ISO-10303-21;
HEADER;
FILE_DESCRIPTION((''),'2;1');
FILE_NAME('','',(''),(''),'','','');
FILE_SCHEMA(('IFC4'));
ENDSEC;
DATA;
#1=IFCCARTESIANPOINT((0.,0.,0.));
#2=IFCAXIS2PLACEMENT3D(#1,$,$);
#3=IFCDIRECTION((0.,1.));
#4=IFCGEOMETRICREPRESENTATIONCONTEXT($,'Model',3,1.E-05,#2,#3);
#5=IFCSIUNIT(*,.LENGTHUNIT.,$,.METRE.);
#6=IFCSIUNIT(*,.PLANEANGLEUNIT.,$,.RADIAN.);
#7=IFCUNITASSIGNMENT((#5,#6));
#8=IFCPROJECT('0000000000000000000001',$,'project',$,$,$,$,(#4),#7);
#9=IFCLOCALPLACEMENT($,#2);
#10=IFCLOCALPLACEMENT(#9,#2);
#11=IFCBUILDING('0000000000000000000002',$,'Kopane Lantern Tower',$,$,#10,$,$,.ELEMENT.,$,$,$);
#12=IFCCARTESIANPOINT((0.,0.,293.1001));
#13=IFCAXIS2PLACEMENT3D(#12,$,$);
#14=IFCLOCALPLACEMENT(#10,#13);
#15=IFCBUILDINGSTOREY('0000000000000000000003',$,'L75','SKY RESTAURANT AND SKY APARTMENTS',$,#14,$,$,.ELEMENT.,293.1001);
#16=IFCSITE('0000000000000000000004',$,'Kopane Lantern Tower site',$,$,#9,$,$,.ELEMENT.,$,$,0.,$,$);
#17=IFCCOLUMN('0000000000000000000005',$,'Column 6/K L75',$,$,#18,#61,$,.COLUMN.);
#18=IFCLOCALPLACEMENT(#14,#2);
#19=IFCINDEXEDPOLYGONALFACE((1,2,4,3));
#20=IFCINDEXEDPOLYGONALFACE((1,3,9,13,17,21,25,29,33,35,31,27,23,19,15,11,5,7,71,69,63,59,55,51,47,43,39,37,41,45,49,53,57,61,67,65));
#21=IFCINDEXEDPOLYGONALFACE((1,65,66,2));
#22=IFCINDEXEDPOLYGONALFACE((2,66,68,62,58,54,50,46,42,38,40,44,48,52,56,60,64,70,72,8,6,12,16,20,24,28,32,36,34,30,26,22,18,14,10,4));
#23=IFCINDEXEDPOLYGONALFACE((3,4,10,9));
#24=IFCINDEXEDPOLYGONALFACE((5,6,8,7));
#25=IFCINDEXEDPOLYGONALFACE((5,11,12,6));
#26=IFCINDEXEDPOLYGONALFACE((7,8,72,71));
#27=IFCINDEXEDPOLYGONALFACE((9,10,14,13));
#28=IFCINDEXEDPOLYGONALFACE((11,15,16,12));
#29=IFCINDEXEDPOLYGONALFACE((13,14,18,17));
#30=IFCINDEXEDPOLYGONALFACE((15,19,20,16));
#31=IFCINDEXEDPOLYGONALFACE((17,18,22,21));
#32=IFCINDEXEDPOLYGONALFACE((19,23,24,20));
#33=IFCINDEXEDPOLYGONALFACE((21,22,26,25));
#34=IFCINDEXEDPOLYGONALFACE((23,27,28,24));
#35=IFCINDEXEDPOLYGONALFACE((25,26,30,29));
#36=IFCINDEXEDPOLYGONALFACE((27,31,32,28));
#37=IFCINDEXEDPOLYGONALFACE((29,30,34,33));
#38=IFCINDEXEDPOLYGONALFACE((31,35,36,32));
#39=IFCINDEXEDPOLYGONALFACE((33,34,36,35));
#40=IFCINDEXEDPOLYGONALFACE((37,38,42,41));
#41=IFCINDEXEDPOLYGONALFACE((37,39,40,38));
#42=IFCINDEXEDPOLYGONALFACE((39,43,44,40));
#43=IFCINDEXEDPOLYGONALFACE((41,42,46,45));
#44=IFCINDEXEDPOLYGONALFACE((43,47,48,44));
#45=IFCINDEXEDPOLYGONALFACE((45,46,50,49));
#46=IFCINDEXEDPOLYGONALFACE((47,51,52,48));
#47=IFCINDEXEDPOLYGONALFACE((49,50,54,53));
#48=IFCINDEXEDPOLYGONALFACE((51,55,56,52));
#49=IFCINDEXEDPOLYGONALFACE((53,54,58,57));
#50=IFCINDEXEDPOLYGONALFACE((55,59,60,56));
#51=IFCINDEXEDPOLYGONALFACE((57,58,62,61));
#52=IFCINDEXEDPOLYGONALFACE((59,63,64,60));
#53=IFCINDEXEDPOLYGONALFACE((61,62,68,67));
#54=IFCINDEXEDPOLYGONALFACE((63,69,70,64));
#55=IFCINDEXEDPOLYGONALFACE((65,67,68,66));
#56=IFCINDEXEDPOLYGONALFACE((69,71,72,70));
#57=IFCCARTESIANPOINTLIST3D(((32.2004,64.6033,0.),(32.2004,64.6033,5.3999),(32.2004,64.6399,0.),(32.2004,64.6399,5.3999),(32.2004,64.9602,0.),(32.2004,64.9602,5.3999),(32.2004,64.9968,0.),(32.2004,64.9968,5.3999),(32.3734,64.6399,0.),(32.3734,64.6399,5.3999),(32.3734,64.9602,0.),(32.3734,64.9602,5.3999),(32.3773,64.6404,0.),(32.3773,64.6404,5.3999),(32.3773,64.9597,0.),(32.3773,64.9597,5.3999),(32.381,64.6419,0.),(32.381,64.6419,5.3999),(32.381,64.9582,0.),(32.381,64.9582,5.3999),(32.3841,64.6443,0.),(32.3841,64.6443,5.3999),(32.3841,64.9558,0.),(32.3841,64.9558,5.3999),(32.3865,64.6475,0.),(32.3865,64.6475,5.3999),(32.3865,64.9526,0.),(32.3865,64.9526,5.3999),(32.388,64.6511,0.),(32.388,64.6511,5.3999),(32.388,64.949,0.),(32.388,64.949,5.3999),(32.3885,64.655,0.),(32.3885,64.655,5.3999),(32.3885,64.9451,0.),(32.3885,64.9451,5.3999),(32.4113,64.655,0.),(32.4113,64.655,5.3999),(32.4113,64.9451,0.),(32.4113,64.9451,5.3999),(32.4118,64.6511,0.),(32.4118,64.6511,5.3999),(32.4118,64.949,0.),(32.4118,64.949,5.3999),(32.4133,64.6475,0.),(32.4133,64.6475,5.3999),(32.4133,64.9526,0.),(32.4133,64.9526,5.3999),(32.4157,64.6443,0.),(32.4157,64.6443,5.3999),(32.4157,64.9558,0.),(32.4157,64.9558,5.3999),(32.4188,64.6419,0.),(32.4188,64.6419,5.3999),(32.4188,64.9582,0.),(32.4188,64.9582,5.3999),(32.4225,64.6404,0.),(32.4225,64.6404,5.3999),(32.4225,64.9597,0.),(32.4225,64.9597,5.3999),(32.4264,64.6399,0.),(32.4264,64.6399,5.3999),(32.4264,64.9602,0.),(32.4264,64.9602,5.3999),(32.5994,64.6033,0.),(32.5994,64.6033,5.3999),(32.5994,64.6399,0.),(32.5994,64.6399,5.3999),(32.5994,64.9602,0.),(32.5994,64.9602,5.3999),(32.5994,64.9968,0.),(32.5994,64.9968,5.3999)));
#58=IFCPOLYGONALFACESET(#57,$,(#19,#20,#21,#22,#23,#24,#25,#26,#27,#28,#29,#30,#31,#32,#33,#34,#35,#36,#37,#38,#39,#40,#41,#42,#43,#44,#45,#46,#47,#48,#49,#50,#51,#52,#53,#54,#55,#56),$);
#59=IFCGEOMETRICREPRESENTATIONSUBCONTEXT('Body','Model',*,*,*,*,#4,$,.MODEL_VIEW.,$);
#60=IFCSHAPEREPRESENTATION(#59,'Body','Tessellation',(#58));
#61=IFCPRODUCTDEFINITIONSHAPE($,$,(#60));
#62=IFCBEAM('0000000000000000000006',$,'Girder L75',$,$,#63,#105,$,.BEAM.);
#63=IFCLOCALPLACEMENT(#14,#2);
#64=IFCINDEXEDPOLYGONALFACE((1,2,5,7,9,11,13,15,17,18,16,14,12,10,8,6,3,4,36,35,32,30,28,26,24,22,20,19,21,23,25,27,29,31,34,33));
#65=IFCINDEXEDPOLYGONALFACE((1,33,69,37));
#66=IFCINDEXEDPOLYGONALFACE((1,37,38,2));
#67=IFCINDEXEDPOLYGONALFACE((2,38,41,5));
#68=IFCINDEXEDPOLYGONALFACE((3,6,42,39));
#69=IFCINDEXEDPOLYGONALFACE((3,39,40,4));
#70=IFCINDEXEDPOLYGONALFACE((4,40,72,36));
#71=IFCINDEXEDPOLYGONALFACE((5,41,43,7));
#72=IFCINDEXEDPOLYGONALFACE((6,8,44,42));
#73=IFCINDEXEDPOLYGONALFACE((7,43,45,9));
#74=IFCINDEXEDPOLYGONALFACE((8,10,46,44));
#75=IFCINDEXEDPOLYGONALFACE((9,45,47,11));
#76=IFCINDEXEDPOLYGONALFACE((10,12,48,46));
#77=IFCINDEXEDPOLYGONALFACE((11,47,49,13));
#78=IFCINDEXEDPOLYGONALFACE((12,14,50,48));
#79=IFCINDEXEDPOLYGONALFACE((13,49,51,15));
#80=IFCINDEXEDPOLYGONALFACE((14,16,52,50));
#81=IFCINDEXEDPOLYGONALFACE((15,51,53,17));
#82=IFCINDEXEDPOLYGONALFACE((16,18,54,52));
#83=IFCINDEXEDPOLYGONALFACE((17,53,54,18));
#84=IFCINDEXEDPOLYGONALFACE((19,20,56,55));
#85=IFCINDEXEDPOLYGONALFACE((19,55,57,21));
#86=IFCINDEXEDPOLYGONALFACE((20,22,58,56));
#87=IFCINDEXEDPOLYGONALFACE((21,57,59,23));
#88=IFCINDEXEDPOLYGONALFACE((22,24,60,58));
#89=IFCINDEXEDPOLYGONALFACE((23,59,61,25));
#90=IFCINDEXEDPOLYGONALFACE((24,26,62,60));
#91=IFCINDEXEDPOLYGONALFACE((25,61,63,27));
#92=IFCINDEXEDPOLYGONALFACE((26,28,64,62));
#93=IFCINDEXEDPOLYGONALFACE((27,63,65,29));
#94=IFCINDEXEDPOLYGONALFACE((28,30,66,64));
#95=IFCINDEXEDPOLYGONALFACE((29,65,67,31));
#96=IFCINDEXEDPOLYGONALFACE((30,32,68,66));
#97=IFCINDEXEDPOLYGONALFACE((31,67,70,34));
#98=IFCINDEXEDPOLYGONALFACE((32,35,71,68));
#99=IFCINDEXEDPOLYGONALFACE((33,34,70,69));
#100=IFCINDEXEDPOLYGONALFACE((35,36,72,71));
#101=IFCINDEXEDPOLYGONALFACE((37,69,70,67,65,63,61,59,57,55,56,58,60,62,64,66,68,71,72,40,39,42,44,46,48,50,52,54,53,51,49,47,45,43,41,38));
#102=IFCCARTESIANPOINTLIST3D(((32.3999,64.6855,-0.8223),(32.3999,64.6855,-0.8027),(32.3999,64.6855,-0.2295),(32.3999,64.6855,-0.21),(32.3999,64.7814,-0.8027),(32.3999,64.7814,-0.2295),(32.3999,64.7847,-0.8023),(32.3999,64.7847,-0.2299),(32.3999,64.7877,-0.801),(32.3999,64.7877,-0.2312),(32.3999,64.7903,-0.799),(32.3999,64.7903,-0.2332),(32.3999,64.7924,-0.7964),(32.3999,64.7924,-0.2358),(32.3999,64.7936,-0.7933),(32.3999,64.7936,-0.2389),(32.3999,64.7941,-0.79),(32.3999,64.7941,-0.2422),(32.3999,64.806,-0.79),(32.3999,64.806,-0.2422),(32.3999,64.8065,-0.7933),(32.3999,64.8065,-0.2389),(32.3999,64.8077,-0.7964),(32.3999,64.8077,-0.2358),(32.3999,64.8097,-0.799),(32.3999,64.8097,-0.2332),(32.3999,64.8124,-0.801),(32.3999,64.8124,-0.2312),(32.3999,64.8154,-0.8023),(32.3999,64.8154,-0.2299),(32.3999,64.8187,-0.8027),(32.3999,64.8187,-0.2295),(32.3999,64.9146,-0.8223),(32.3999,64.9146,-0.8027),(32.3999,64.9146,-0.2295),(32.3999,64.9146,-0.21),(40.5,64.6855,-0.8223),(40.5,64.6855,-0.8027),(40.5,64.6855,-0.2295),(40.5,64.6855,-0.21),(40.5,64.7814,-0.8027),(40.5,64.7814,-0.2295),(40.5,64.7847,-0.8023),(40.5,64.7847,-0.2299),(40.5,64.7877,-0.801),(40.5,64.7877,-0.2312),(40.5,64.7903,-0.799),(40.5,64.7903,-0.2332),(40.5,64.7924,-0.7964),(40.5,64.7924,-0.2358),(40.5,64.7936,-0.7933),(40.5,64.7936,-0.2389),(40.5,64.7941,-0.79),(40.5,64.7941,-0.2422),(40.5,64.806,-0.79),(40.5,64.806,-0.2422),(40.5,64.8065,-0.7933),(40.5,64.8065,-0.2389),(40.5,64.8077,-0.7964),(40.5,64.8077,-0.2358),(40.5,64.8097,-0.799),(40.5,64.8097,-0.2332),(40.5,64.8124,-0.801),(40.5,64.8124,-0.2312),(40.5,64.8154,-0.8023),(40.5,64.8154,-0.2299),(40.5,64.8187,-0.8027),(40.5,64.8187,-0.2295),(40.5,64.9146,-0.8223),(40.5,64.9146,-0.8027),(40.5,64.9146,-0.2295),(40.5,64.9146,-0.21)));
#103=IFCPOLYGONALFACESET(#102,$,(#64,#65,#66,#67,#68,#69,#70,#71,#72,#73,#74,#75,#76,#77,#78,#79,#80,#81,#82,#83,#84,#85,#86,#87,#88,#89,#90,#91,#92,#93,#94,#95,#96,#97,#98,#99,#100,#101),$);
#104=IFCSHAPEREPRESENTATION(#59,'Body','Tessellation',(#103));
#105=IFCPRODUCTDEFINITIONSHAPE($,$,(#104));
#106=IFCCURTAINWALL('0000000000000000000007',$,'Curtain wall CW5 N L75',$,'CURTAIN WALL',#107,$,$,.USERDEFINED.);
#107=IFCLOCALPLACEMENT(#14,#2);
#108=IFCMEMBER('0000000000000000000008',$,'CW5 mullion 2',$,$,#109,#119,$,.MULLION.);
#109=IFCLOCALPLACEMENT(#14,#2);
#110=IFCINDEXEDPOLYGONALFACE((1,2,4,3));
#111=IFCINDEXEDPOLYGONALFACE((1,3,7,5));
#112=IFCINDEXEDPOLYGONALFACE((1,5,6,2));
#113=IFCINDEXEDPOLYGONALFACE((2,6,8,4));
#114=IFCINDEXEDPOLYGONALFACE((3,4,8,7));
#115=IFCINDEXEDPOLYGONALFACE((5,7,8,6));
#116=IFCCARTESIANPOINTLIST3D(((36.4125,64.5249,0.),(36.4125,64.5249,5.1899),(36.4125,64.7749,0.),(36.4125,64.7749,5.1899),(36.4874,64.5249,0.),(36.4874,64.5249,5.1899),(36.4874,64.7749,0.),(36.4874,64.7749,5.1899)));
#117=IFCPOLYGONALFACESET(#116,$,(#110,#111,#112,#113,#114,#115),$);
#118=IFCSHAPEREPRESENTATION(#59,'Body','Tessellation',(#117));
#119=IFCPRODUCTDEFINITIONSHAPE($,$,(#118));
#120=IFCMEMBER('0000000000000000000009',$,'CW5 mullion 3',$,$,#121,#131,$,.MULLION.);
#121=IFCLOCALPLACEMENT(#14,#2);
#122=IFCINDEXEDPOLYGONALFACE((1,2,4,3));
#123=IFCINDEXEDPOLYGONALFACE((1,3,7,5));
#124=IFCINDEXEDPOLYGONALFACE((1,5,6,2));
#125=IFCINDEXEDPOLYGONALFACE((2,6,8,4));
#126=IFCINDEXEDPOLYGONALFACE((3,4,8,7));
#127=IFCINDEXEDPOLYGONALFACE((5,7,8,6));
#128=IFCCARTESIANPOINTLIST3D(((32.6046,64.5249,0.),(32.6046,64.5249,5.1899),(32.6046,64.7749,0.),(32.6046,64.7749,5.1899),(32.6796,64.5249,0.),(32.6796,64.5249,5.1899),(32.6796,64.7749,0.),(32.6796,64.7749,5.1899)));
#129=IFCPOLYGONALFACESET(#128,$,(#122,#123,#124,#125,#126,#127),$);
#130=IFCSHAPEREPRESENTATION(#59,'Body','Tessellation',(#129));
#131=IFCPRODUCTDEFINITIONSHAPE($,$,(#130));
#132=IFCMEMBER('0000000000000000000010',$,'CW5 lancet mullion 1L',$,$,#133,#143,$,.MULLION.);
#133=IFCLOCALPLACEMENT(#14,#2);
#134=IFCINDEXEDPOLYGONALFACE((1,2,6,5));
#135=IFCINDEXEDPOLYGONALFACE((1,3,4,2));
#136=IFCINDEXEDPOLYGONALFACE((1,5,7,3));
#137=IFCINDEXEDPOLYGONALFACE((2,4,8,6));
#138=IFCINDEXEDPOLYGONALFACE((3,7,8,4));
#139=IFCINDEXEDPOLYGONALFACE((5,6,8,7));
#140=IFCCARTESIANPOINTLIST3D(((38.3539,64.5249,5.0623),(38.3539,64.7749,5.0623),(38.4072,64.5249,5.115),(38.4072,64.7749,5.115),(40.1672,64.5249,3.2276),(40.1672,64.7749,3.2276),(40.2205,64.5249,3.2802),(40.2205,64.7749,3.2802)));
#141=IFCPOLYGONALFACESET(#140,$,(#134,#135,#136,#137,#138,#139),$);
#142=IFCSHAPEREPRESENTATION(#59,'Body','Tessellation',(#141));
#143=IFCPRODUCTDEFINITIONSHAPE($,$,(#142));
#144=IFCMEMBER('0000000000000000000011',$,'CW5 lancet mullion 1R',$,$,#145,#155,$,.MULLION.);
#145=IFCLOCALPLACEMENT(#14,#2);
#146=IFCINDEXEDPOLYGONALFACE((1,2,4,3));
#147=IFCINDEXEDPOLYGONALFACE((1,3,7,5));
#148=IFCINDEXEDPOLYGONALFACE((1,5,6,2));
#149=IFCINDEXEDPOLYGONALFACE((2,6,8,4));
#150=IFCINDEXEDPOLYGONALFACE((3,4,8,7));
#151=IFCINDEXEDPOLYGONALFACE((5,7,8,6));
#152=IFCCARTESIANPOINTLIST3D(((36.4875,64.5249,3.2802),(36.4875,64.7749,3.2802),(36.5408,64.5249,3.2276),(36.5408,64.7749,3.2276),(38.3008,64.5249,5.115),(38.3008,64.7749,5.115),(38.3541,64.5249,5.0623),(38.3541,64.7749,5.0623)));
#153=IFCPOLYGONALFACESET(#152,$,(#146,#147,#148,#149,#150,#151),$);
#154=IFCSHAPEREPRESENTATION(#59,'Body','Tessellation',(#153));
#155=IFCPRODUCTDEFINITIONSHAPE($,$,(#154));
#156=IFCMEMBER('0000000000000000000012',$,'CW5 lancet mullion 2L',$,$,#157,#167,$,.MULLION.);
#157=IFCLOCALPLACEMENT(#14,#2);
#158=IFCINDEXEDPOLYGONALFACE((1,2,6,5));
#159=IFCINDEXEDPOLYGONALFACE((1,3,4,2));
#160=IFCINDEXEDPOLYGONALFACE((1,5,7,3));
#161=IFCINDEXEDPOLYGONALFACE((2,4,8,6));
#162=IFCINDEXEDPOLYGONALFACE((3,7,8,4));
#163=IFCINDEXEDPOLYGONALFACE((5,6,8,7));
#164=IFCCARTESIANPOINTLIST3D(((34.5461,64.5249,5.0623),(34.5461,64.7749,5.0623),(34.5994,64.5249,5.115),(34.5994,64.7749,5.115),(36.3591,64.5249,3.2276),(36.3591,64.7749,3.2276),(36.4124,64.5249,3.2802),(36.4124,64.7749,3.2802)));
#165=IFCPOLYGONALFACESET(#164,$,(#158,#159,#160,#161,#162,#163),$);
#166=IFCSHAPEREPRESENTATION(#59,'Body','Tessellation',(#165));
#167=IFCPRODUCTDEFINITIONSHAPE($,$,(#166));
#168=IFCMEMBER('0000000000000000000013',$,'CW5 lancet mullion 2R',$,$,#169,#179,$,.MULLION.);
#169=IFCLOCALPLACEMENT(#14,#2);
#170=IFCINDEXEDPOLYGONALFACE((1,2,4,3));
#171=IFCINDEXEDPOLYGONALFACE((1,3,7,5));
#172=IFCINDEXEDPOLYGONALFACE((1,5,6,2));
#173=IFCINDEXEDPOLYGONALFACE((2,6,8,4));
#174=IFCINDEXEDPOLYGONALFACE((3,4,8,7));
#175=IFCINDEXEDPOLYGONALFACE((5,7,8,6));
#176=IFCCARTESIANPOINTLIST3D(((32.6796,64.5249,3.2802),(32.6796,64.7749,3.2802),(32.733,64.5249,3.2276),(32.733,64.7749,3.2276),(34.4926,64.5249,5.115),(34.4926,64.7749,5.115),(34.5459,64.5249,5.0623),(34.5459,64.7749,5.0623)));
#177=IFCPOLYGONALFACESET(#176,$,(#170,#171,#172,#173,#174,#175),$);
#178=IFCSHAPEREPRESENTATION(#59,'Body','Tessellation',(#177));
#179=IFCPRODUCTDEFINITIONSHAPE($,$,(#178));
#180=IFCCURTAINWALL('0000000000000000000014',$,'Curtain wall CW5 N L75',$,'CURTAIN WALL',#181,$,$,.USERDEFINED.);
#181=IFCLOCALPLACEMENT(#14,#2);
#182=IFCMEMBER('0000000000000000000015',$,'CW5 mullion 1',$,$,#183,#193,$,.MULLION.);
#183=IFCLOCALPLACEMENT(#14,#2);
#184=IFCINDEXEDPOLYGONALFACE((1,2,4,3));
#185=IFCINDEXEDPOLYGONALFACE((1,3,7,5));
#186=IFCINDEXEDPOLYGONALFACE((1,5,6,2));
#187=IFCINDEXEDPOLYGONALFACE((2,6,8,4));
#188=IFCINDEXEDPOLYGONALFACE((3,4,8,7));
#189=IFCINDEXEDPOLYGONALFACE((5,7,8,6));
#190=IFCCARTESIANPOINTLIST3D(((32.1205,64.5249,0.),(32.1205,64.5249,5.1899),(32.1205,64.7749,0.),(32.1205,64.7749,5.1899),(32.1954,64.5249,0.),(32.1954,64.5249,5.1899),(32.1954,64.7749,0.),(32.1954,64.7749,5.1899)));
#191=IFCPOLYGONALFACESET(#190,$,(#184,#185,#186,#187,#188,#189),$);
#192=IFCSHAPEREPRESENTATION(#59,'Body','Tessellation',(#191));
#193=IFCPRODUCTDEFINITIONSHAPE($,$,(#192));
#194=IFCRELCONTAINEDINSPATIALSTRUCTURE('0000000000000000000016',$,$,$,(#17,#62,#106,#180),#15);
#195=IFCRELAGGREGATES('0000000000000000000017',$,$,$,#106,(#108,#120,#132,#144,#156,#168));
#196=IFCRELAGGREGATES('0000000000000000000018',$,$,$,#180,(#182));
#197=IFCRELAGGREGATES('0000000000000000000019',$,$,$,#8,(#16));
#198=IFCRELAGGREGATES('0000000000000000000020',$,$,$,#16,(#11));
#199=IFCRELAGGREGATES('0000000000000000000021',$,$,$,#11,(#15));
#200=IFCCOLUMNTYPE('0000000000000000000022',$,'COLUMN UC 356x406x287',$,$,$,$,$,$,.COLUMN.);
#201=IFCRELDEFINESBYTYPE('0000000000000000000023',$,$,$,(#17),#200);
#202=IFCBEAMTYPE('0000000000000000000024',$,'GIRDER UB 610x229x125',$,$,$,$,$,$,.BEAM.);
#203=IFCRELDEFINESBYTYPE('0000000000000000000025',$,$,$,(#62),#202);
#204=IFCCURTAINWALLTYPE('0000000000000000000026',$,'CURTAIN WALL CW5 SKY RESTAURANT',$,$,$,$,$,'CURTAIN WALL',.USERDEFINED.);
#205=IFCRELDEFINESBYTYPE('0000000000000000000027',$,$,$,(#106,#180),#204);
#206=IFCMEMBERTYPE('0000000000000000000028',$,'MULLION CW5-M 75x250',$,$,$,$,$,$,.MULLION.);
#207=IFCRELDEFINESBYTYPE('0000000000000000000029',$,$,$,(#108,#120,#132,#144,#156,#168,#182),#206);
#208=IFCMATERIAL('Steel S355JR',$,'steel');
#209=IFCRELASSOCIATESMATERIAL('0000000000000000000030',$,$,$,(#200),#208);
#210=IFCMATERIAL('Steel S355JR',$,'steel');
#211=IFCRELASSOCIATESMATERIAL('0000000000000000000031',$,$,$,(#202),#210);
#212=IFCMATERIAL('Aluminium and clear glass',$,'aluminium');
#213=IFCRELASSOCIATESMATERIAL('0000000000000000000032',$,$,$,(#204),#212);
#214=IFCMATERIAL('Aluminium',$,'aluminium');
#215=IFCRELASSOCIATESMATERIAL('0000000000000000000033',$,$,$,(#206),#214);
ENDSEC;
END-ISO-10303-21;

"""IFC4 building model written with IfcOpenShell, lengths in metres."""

from ifc_helpers import new_model, si_unit, direction, frame, origin, origin_2d, place, context, subcontext, project, spatial, rectangle, i_section, extrude, material, material_profile, profile_set, type_object, element, aggregate, save


model = new_model("IFC4")

# Units and contexts
model_context = context("Model", 3, precision=1e-05, world=origin(), true_north=direction((0.0, 1.0)))
body_context = subcontext(model_context, "Body", "Model", "MODEL_VIEW")
ifc_project = project(units=[si_unit("LENGTHUNIT", "METRE"), si_unit("PLANEANGLEUNIT", "RADIAN")], contexts=[model_context])

# Site, building, storey
site_placement = place(None, origin())
site = spatial("IfcSite", under=ifc_project, at=site_placement, Name="Kopane Lantern Tower site", CompositionType="ELEMENT", RefElevation=0.0)
building_placement = place(site_placement, origin())
building = spatial("IfcBuilding", under=site, at=building_placement, Name="Kopane Lantern Tower", CompositionType="ELEMENT")
storey_placement = place(building_placement, frame((0.0, 0.0, 293.1001)))
storey = spatial("IfcBuildingStorey", under=building, at=storey_placement, Name="L75", Description="SKY RESTAURANT AND SKY APARTMENTS", CompositionType="ELEMENT", Elevation=293.1001)

# Column
ifc_material_1 = material(Name="Steel S355JR", Category="steel")
ifc_material_profile_1 = material_profile(ifc_material_1, i_section(OverallWidth=0.3989, OverallDepth=0.3936, WebThickness=0.0227, FlangeThickness=0.0366, FilletRadius=0.0151, at=origin_2d()), Name="UC 356x406x287")
ifc_profile_set_1 = profile_set([ifc_material_profile_1], Name="Steel S355JR")
column_type = type_object("IfcColumnType", Name="COLUMN UC 356x406x287", PredefinedType="COLUMN", material=ifc_profile_set_1)
column_placement = place(storey_placement, frame((32.3999, 64.8, 0.0), z_axis=(0.0, 0.0, 1.0), x_axis=(1.0, 0.0, 0.0)))
element("IfcColumn", 1, at=column_placement, inside=storey, type_object=column_type, Name="Column 6/K L75", PredefinedType="COLUMN", context=body_context, shape_type="SweptSolid", body=[
    extrude(i_section(OverallWidth=0.3989, OverallDepth=0.3936, WebThickness=0.0227, FlangeThickness=0.0366, FilletRadius=0.0151, at=origin_2d()), origin(), (0.0, 0.0, 1.0), 5.3999),
])

# Beam
ifc_material_2 = material(Name="Steel S355JR", Category="steel")
ifc_material_profile_2 = material_profile(ifc_material_2, i_section(OverallWidth=0.229, OverallDepth=0.6123, WebThickness=0.012, FlangeThickness=0.0195, FilletRadius=0.0127, at=origin_2d()), Name="UB 610x229x125")
ifc_profile_set_2 = profile_set([ifc_material_profile_2], Name="Steel S355JR")
beam_type = type_object("IfcBeamType", Name="GIRDER UB 610x229x125", PredefinedType="BEAM", material=ifc_profile_set_2)
beam_placement = place(storey_placement, frame((32.3999, 64.8, -0.5161), z_axis=(1.0, 0.0, 0.0), x_axis=(0.0, 1.0, 0.0)))
element("IfcBeam", 2, at=beam_placement, inside=storey, type_object=beam_type, Name="Girder L75", PredefinedType="BEAM", context=body_context, shape_type="SweptSolid", body=[
    extrude(i_section(OverallWidth=0.229, OverallDepth=0.6123, WebThickness=0.012, FlangeThickness=0.0195, FilletRadius=0.0127, at=origin_2d()), origin(), (0.0, 0.0, 1.0), 8.1001),
])

# Curtain walls, members
ifc_material_3 = material(Name="Aluminium and clear glass", Category="aluminium")
curtain_wall_type = type_object("IfcCurtainWallType", Name="CURTAIN WALL CW5 SKY RESTAURANT", ElementType="CURTAIN WALL", PredefinedType="USERDEFINED", material=ifc_material_3)
curtain_wall_1_placement = place(storey_placement, origin())
curtain_wall_1 = element("IfcCurtainWall", 3, at=curtain_wall_1_placement, inside=storey, type_object=curtain_wall_type, Name="Curtain wall CW5 N L75", ObjectType="CURTAIN WALL", PredefinedType="USERDEFINED")
ifc_material_4 = material(Name="Aluminium", Category="aluminium")
ifc_material_profile_3 = material_profile(ifc_material_4, rectangle(XDim=0.075, YDim=0.25, at=origin_2d()), Name="AL 75x250")
ifc_profile_set_3 = profile_set([ifc_material_profile_3], Name="Aluminium")
member_type_1 = type_object("IfcMemberType", Name="MULLION CW5-M 75x250", PredefinedType="MULLION", material=ifc_profile_set_3)
member_1_placement = place(storey_placement, frame((36.45, 64.6499, 0.0), z_axis=(0.0, 0.0, 1.0), x_axis=(-1.0, 0.0, 0.0)))
member_1 = element("IfcMember", 4, at=member_1_placement, type_object=member_type_1, Name="CW5 mullion 2", PredefinedType="MULLION", context=body_context, shape_type="SweptSolid", body=[
    extrude(rectangle(XDim=0.075, YDim=0.25, at=origin_2d()), origin(), (0.0, 0.0, 1.0), 5.1899),
])
member_2_placement = place(storey_placement, frame((32.6421, 64.6499, 0.0), z_axis=(0.0, 0.0, 1.0), x_axis=(-1.0, 0.0, 0.0)))
member_2 = element("IfcMember", 5, at=member_2_placement, type_object=member_type_1, Name="CW5 mullion 3", PredefinedType="MULLION", context=body_context, shape_type="SweptSolid", body=[
    extrude(rectangle(XDim=0.075, YDim=0.25, at=origin_2d()), origin(), (0.0, 0.0, 1.0), 5.1899),
])
member_3_placement = place(storey_placement, frame((40.1938, 64.6499, 3.2539), z_axis=(-0.70293, 0.0, 0.711259), x_axis=(0.711259, 0.0, 0.70293)))
member_3 = element("IfcMember", 6, at=member_3_placement, type_object=member_type_1, Name="CW5 lancet mullion 1L", PredefinedType="MULLION", context=body_context, shape_type="SweptSolid", body=[
    extrude(rectangle(XDim=0.075, YDim=0.25, at=origin_2d()), origin(), (0.0, 0.0, 1.0), 2.5796),
])
member_4_placement = place(storey_placement, frame((36.5142, 64.6499, 3.2539), z_axis=(0.70293, 0.0, 0.711259), x_axis=(-0.711259, 0.0, 0.70293)))
member_4 = element("IfcMember", 7, at=member_4_placement, type_object=member_type_1, Name="CW5 lancet mullion 1R", PredefinedType="MULLION", context=body_context, shape_type="SweptSolid", body=[
    extrude(rectangle(XDim=0.075, YDim=0.25, at=origin_2d()), origin(), (0.0, 0.0, 1.0), 2.5796),
])
member_5_placement = place(storey_placement, frame((36.3857, 64.6499, 3.2539), z_axis=(-0.702882, 0.0, 0.711306), x_axis=(0.711306, 0.0, 0.702882)))
member_5 = element("IfcMember", 8, at=member_5_placement, type_object=member_type_1, Name="CW5 lancet mullion 2L", PredefinedType="MULLION", context=body_context, shape_type="SweptSolid", body=[
    extrude(rectangle(XDim=0.075, YDim=0.25, at=origin_2d()), origin(), (0.0, 0.0, 1.0), 2.5793),
])
member_6_placement = place(storey_placement, frame((32.7063, 64.6499, 3.2539), z_axis=(0.702882, 0.0, 0.711306), x_axis=(-0.711306, 0.0, 0.702882)))
member_6 = element("IfcMember", 9, at=member_6_placement, type_object=member_type_1, Name="CW5 lancet mullion 2R", PredefinedType="MULLION", context=body_context, shape_type="SweptSolid", body=[
    extrude(rectangle(XDim=0.075, YDim=0.25, at=origin_2d()), origin(), (0.0, 0.0, 1.0), 2.5793),
])
curtain_wall_2_placement = place(storey_placement, origin())
curtain_wall_2 = element("IfcCurtainWall", 10, at=curtain_wall_2_placement, inside=storey, type_object=curtain_wall_type, Name="Curtain wall CW5 N L75", ObjectType="CURTAIN WALL", PredefinedType="USERDEFINED")
member_7_placement = place(storey_placement, frame((32.158, 64.6499, 0.0), z_axis=(0.0, 0.0, 1.0), x_axis=(-1.0, 0.0, 0.0)))
member_7 = element("IfcMember", 11, at=member_7_placement, type_object=member_type_1, Name="CW5 mullion 1", PredefinedType="MULLION", context=body_context, shape_type="SweptSolid", body=[
    extrude(rectangle(XDim=0.075, YDim=0.25, at=origin_2d()), origin(), (0.0, 0.0, 1.0), 5.1899),
])

aggregate(curtain_wall_1, [member_1, member_2, member_3, member_4, member_5, member_6])
aggregate(curtain_wall_2, [member_7])

save(model, "model.ifc")
